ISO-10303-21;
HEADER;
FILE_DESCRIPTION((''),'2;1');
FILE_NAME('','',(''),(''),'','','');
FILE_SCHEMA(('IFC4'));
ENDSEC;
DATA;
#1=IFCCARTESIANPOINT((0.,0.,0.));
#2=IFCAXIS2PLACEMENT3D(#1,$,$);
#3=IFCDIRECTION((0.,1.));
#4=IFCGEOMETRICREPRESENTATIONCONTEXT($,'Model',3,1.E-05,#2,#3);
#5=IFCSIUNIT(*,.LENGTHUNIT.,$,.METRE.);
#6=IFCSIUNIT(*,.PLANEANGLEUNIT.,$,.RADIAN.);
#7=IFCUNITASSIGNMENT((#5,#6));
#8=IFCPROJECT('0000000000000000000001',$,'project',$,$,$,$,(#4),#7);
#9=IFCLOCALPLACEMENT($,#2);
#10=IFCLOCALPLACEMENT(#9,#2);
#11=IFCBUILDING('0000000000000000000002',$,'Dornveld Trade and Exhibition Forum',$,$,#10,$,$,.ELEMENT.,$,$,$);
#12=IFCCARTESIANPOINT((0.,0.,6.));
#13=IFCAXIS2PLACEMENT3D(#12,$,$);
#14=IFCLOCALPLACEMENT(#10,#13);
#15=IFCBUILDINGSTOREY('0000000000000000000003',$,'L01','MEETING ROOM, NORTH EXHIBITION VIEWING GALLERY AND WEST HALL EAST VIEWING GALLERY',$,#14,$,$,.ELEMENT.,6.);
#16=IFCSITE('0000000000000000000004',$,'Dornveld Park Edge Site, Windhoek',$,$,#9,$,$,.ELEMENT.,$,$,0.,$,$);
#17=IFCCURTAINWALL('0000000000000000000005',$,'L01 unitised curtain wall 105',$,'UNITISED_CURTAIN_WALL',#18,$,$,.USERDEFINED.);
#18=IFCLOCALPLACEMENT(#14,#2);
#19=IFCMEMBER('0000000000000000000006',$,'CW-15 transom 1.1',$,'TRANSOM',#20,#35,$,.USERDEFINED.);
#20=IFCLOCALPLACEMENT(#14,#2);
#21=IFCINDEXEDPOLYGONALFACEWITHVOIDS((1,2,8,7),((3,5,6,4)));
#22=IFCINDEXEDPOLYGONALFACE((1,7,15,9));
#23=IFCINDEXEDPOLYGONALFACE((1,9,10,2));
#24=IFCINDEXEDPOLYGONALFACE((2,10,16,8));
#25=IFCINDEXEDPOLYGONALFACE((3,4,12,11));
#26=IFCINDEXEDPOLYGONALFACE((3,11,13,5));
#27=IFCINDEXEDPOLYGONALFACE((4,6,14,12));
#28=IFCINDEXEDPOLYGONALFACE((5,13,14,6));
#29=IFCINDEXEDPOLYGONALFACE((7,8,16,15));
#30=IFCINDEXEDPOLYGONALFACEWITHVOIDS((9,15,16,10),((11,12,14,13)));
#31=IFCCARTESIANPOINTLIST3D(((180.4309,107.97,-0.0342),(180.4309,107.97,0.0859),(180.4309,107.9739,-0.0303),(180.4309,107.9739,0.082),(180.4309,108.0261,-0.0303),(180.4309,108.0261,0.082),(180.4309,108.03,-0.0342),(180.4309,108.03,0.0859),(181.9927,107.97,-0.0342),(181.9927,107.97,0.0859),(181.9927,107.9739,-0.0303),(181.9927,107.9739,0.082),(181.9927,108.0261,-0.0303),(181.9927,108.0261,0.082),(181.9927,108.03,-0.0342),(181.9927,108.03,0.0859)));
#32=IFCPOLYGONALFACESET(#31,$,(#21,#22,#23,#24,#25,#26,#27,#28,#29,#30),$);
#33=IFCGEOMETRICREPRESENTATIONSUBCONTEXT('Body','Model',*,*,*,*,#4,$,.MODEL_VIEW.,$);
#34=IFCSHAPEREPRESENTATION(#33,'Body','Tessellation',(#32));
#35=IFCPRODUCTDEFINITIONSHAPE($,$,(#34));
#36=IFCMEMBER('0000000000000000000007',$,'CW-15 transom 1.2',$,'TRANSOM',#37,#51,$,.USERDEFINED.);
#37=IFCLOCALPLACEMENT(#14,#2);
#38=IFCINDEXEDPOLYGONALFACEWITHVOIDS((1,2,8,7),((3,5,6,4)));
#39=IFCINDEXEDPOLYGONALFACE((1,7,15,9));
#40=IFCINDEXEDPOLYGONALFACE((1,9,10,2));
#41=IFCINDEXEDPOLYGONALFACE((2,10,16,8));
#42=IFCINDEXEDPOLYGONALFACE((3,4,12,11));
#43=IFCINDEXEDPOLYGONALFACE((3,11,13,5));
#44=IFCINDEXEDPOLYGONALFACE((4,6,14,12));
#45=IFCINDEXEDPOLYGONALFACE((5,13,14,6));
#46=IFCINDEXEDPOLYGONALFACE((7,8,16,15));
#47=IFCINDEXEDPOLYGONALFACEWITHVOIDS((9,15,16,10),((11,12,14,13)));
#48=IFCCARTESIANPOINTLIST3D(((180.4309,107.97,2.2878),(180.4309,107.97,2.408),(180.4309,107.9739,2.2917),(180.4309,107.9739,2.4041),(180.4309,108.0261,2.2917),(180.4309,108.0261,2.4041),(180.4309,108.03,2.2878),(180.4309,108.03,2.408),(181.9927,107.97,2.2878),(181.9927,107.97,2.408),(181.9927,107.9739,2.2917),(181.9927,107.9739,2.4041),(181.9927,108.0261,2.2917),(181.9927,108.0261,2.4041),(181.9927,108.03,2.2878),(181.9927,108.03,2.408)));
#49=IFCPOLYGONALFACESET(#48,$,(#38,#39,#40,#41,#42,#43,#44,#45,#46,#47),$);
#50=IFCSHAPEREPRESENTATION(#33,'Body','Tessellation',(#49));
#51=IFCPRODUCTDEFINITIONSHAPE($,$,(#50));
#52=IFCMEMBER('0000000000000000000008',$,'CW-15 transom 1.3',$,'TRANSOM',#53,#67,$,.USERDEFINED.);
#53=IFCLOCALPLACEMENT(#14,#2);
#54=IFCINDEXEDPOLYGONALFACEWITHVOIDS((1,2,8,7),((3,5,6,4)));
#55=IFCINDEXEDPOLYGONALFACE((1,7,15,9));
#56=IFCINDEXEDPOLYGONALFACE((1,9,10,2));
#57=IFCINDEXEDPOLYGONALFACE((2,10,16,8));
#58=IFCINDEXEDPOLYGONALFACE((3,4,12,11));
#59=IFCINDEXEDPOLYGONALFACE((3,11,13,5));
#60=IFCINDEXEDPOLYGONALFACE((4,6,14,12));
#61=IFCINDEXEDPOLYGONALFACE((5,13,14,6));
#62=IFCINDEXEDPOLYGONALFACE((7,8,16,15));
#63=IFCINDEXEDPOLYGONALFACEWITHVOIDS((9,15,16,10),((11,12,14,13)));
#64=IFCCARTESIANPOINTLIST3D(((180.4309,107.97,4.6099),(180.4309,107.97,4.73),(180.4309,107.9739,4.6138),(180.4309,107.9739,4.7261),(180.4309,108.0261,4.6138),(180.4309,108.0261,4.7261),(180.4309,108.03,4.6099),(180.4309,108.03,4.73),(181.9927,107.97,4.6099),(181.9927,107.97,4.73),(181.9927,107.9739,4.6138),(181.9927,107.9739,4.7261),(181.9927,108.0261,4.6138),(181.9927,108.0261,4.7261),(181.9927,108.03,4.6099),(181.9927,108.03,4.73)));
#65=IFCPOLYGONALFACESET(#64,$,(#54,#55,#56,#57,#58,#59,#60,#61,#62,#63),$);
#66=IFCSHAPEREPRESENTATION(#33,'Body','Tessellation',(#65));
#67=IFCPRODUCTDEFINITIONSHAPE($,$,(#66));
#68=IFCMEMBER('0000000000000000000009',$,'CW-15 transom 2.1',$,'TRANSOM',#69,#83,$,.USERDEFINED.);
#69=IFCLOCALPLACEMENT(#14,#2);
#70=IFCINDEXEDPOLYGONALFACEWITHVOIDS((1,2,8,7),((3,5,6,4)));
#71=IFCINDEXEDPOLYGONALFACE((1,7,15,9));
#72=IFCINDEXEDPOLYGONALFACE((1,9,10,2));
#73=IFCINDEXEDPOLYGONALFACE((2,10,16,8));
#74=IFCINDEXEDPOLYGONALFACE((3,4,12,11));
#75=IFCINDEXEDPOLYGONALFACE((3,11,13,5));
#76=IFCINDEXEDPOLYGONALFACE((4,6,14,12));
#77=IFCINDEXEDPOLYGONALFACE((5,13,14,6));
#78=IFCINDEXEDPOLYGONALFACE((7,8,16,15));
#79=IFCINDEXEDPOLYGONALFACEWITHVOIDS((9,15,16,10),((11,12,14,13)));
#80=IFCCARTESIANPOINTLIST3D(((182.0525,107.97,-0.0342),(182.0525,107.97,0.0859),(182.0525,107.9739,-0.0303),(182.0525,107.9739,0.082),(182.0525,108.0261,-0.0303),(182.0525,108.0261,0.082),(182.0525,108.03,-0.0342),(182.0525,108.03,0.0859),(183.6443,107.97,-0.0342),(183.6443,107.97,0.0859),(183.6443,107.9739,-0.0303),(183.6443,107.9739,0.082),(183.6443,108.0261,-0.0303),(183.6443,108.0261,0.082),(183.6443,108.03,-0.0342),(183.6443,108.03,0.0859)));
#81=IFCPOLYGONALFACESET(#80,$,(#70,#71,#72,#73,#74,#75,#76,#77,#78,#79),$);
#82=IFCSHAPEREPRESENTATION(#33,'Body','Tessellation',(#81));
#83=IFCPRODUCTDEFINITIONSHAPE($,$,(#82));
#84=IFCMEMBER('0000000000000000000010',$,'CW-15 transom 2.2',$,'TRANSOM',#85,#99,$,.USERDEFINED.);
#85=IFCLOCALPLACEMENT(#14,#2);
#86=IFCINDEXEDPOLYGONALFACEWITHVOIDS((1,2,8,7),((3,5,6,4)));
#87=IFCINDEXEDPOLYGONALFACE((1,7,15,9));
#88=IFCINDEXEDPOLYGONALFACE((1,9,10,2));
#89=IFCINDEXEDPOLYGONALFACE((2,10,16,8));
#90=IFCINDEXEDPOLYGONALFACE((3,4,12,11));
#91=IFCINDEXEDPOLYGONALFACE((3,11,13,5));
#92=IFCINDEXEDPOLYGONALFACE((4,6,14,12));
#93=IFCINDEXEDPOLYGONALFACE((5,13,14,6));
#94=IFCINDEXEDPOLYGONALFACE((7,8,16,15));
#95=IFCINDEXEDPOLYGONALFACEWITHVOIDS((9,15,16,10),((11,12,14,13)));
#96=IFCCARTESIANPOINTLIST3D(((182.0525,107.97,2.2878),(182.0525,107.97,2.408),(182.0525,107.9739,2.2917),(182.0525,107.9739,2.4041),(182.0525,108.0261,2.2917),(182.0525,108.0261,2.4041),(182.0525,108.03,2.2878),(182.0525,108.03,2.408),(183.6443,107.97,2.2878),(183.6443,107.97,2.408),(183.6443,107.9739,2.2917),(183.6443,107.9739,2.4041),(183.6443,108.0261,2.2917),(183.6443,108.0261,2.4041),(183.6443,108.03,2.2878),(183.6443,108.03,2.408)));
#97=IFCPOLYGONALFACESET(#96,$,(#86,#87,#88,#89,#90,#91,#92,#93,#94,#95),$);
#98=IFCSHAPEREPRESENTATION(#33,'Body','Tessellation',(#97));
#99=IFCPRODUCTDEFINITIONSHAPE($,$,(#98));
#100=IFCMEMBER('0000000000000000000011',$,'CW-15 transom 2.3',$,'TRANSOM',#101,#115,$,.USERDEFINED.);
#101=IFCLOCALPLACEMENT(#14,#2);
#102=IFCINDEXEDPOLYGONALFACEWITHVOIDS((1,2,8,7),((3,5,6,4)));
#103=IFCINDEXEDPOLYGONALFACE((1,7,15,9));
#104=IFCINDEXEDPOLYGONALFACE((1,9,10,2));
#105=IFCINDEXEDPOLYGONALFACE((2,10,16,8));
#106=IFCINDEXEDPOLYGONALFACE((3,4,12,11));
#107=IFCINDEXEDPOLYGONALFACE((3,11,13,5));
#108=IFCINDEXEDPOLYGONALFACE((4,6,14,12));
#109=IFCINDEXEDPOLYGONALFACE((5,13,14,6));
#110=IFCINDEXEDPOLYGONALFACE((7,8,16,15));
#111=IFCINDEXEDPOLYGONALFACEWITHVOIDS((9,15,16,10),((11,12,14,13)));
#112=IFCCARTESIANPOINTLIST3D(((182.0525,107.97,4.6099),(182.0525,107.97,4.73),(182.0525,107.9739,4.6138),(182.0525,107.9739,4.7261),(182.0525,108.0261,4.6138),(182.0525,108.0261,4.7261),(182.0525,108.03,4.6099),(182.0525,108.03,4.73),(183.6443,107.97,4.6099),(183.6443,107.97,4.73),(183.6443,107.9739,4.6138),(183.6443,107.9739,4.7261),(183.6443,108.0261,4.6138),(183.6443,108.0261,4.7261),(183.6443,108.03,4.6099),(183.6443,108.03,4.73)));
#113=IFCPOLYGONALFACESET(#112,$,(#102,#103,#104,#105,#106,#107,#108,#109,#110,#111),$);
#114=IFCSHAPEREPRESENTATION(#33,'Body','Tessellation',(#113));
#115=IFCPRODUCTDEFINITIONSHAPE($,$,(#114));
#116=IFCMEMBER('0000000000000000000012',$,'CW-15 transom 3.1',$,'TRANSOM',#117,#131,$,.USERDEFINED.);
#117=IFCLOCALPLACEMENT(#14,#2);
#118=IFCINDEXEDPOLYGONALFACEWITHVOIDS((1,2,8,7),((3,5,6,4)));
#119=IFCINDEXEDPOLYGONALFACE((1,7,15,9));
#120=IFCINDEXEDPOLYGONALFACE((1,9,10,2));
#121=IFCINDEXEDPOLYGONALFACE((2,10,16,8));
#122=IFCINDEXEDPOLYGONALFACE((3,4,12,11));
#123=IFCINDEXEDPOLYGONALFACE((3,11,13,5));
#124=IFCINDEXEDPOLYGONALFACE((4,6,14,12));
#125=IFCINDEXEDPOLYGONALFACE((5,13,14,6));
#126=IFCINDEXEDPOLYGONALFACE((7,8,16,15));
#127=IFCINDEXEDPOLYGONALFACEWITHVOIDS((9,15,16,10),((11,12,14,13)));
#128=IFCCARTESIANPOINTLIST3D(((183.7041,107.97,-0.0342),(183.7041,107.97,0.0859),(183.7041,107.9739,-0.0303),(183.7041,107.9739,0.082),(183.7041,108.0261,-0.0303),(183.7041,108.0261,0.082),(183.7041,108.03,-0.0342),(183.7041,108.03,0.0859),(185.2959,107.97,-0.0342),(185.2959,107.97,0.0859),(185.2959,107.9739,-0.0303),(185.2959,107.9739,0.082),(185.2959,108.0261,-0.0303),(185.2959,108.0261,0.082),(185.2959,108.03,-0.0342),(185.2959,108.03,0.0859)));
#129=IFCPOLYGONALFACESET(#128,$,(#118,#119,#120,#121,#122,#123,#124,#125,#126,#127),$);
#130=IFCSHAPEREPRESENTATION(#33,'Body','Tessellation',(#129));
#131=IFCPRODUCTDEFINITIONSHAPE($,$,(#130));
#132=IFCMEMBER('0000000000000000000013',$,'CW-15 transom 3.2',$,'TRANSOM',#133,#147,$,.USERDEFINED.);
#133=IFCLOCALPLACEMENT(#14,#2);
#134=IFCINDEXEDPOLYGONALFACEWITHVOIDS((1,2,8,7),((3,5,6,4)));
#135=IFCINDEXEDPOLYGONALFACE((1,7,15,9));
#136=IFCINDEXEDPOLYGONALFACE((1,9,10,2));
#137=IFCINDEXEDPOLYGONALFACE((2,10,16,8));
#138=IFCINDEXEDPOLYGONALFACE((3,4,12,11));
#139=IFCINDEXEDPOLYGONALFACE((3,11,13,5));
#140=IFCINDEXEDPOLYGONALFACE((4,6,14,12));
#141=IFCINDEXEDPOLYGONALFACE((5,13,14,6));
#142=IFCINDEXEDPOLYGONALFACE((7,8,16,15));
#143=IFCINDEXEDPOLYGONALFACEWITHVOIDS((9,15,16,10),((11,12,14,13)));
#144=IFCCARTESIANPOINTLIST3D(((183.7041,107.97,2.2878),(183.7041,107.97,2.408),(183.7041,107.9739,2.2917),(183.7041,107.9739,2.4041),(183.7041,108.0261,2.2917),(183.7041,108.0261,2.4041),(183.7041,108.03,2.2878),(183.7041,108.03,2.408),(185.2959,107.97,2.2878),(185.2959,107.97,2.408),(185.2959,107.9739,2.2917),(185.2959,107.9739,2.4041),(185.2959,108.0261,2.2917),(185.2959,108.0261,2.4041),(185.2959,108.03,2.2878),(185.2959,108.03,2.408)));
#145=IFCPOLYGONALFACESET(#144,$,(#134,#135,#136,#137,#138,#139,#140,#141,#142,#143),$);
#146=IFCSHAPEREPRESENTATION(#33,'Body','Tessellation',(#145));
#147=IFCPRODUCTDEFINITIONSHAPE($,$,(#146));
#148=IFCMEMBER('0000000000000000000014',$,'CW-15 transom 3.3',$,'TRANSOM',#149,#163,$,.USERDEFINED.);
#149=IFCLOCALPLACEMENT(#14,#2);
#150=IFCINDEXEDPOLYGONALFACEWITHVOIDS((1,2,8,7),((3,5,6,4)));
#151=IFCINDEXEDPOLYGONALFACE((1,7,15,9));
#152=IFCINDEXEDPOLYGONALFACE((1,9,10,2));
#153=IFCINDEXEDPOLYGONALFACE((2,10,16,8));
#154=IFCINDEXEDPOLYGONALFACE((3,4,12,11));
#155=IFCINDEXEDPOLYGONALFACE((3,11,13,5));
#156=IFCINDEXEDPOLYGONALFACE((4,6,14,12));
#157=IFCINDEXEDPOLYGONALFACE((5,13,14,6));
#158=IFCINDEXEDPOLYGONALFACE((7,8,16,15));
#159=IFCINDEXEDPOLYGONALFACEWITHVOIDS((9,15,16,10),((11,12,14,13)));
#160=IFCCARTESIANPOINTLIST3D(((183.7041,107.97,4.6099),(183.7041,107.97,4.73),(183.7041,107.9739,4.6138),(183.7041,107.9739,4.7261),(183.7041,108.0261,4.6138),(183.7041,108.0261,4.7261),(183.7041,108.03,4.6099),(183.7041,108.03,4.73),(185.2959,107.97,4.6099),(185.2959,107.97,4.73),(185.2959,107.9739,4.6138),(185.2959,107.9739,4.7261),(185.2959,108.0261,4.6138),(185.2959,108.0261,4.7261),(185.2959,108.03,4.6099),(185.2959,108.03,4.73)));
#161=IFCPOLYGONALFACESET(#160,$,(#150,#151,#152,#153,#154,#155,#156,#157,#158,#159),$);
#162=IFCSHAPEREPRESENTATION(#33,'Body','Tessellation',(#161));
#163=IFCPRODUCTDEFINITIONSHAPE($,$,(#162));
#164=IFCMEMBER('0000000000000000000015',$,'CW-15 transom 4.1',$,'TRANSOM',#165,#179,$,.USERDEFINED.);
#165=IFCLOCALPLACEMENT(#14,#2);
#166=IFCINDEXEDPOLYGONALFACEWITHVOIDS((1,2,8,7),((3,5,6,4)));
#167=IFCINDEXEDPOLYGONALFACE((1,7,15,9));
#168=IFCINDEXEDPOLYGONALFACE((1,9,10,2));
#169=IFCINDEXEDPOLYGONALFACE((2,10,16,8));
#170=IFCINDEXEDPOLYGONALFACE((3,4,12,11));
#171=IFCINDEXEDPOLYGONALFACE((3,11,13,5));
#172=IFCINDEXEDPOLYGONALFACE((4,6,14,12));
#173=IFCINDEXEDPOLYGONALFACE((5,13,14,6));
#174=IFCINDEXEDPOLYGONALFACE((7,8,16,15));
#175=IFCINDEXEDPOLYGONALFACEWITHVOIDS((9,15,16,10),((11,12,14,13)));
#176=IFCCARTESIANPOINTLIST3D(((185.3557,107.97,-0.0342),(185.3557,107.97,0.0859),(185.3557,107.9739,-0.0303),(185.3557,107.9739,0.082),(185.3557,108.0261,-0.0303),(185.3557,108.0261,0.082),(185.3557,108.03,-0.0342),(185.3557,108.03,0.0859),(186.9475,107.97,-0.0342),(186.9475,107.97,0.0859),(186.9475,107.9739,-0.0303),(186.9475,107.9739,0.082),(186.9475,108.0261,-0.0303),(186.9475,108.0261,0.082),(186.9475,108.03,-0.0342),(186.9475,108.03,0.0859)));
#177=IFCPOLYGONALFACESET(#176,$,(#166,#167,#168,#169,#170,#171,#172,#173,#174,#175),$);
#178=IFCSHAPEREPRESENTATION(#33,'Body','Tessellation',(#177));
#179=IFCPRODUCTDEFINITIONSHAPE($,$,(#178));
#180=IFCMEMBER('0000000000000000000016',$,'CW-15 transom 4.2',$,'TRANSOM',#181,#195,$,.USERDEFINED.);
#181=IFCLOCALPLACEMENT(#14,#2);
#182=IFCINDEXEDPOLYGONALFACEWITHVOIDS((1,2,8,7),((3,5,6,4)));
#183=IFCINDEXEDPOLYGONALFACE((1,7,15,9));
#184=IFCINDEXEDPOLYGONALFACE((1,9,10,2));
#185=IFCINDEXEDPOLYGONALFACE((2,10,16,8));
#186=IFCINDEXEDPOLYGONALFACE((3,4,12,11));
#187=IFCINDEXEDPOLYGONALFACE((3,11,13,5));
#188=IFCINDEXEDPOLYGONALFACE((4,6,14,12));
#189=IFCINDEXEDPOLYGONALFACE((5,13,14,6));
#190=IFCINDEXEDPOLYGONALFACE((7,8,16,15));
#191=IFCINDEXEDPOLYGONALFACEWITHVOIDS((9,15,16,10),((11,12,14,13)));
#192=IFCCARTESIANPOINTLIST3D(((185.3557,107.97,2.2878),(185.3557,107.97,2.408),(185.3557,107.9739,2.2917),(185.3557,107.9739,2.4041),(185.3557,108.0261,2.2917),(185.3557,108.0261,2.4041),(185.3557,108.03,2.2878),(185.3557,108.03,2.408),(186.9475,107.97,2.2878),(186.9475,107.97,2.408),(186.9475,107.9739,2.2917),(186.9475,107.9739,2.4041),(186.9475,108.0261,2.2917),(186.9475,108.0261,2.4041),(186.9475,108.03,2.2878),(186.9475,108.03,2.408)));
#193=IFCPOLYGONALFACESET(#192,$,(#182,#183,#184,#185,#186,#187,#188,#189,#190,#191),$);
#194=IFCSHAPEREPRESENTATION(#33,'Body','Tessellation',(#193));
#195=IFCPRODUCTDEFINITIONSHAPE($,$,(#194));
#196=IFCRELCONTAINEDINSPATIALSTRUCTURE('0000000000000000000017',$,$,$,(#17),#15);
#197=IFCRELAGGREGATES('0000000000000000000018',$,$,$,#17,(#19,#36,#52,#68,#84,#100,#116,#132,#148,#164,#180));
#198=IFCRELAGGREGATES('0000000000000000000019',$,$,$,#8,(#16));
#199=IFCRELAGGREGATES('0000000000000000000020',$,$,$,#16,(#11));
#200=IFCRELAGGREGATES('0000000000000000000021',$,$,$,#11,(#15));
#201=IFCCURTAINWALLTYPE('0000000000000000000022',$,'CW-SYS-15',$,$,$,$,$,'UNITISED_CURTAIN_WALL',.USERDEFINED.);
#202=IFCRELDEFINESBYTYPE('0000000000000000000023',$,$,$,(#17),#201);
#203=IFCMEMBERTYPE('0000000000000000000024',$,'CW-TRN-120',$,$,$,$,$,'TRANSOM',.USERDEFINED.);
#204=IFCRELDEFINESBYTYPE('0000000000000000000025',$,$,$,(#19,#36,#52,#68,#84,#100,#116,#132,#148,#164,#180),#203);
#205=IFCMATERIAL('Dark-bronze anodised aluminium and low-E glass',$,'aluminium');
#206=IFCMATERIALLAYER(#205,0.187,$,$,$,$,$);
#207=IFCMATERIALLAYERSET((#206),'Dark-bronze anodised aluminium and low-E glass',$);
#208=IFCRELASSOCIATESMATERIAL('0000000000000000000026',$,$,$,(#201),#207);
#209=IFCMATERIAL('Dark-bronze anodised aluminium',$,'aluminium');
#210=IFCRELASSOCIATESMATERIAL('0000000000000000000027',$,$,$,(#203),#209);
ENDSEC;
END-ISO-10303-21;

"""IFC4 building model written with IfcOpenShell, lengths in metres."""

from ifc_helpers import new_model, si_unit, direction, frame, origin, origin_2d, place, context, subcontext, project, spatial, hollow_rectangle, extrude, material, layer, layer_set, material_profile, profile_set, type_object, element, aggregate, save


model = new_model("IFC4")

# Units and contexts
model_context = context("Model", 3, precision=1e-05, world=origin(), true_north=direction((0.0, 1.0)))
body_context = subcontext(model_context, "Body", "Model", "MODEL_VIEW")
ifc_project = project(units=[si_unit("LENGTHUNIT", "METRE"), si_unit("PLANEANGLEUNIT", "RADIAN")], contexts=[model_context])

# Site, building, storey
site_placement = place(None, origin())
site = spatial("IfcSite", under=ifc_project, at=site_placement, Name="Dornveld Park Edge Site, Windhoek", CompositionType="ELEMENT", RefElevation=0.0)
building_placement = place(site_placement, origin())
building = spatial("IfcBuilding", under=site, at=building_placement, Name="Dornveld Trade and Exhibition Forum", CompositionType="ELEMENT")
storey_placement = place(building_placement, frame((0.0, 0.0, 6.0)))
storey = spatial("IfcBuildingStorey", under=building, at=storey_placement, Name="L01", Description="MEETING ROOM, NORTH EXHIBITION VIEWING GALLERY AND WEST HALL EAST VIEWING GALLERY", CompositionType="ELEMENT", Elevation=6.0)

# Curtain wall
ifc_material_1 = material(Name="Dark-bronze anodised aluminium and low-E glass", Category="aluminium")
ifc_layer_1 = layer(ifc_material_1, 0.187)
ifc_layer_set_1 = layer_set([ifc_layer_1], Name="Dark-bronze anodised aluminium and low-E glass")
curtain_wall_type_1 = type_object("IfcCurtainWallType", Name="CW-SYS-15", ElementType="UNITISED_CURTAIN_WALL", PredefinedType="USERDEFINED", material=ifc_layer_set_1)
curtain_wall_1_placement = place(storey_placement, origin())
curtain_wall_1 = element("IfcCurtainWall", 1, at=curtain_wall_1_placement, inside=storey, type_object=curtain_wall_type_1, Name="L01 unitised curtain wall 105", ObjectType="UNITISED_CURTAIN_WALL", PredefinedType="USERDEFINED")

# Members
ifc_material_2 = material(Name="Dark-bronze anodised aluminium", Category="aluminium")
ifc_material_profile_1 = material_profile(ifc_material_2, hollow_rectangle(XDim=0.0601, YDim=0.1201, WallThickness=0.0039, at=origin_2d()), Name="RHS 120x60x4")
ifc_profile_set_1 = profile_set([ifc_material_profile_1], Name="Dark-bronze anodised aluminium")
member_type_1 = type_object("IfcMemberType", Name="CW-TRN-120", ElementType="TRANSOM", PredefinedType="USERDEFINED", material=ifc_profile_set_1)
member_1_placement = place(storey_placement, frame((180.4309, 108.0, 0.0259), z_axis=(1.0, 0.0, 0.0), x_axis=(0.0, 1.0, 0.0)))
member_1 = element("IfcMember", 2, at=member_1_placement, type_object=member_type_1, Name="CW-15 transom 1.1", ObjectType="TRANSOM", PredefinedType="USERDEFINED", context=body_context, shape_type="SweptSolid", body=[
    extrude(hollow_rectangle(XDim=0.0601, YDim=0.1201, WallThickness=0.0039, at=origin_2d()), origin(), (0.0, 0.0, 1.0), 1.5618),
])
member_2_placement = place(storey_placement, frame((180.4309, 108.0, 2.3479), z_axis=(1.0, 0.0, 0.0), x_axis=(0.0, 1.0, 0.0)))
member_2 = element("IfcMember", 3, at=member_2_placement, type_object=member_type_1, Name="CW-15 transom 1.2", ObjectType="TRANSOM", PredefinedType="USERDEFINED", context=body_context, shape_type="SweptSolid", body=[
    extrude(hollow_rectangle(XDim=0.0601, YDim=0.1201, WallThickness=0.0039, at=origin_2d()), origin(), (0.0, 0.0, 1.0), 1.5618),
])
member_3_placement = place(storey_placement, frame((180.4309, 108.0, 4.6699), z_axis=(1.0, 0.0, 0.0), x_axis=(0.0, 1.0, 0.0)))
member_3 = element("IfcMember", 4, at=member_3_placement, type_object=member_type_1, Name="CW-15 transom 1.3", ObjectType="TRANSOM", PredefinedType="USERDEFINED", context=body_context, shape_type="SweptSolid", body=[
    extrude(hollow_rectangle(XDim=0.0601, YDim=0.1201, WallThickness=0.0039, at=origin_2d()), origin(), (0.0, 0.0, 1.0), 1.5618),
])
member_4_placement = place(storey_placement, frame((182.0525, 108.0, 0.0259), z_axis=(1.0, 0.0, 0.0), x_axis=(0.0, 1.0, 0.0)))
member_4 = element("IfcMember", 5, at=member_4_placement, type_object=member_type_1, Name="CW-15 transom 2.1", ObjectType="TRANSOM", PredefinedType="USERDEFINED", context=body_context, shape_type="SweptSolid", body=[
    extrude(hollow_rectangle(XDim=0.0601, YDim=0.1201, WallThickness=0.0039, at=origin_2d()), origin(), (0.0, 0.0, 1.0), 1.5918),
])
member_5_placement = place(storey_placement, frame((182.0525, 108.0, 2.3479), z_axis=(1.0, 0.0, 0.0), x_axis=(0.0, 1.0, 0.0)))
member_5 = element("IfcMember", 6, at=member_5_placement, type_object=member_type_1, Name="CW-15 transom 2.2", ObjectType="TRANSOM", PredefinedType="USERDEFINED", context=body_context, shape_type="SweptSolid", body=[
    extrude(hollow_rectangle(XDim=0.0601, YDim=0.1201, WallThickness=0.0039, at=origin_2d()), origin(), (0.0, 0.0, 1.0), 1.5918),
])
member_6_placement = place(storey_placement, frame((182.0525, 108.0, 4.6699), z_axis=(1.0, 0.0, 0.0), x_axis=(0.0, 1.0, 0.0)))
member_6 = element("IfcMember", 7, at=member_6_placement, type_object=member_type_1, Name="CW-15 transom 2.3", ObjectType="TRANSOM", PredefinedType="USERDEFINED", context=body_context, shape_type="SweptSolid", body=[
    extrude(hollow_rectangle(XDim=0.0601, YDim=0.1201, WallThickness=0.0039, at=origin_2d()), origin(), (0.0, 0.0, 1.0), 1.5918),
])
member_7_placement = place(storey_placement, frame((183.7041, 108.0, 0.0259), z_axis=(1.0, 0.0, 0.0), x_axis=(0.0, 1.0, 0.0)))
member_7 = element("IfcMember", 8, at=member_7_placement, type_object=member_type_1, Name="CW-15 transom 3.1", ObjectType="TRANSOM", PredefinedType="USERDEFINED", context=body_context, shape_type="SweptSolid", body=[
    extrude(hollow_rectangle(XDim=0.0601, YDim=0.1201, WallThickness=0.0039, at=origin_2d()), origin(), (0.0, 0.0, 1.0), 1.5918),
])
member_8_placement = place(storey_placement, frame((183.7041, 108.0, 2.3479), z_axis=(1.0, 0.0, 0.0), x_axis=(0.0, 1.0, 0.0)))
member_8 = element("IfcMember", 9, at=member_8_placement, type_object=member_type_1, Name="CW-15 transom 3.2", ObjectType="TRANSOM", PredefinedType="USERDEFINED", context=body_context, shape_type="SweptSolid", body=[
    extrude(hollow_rectangle(XDim=0.0601, YDim=0.1201, WallThickness=0.0039, at=origin_2d()), origin(), (0.0, 0.0, 1.0), 1.5918),
])
member_9_placement = place(storey_placement, frame((183.7041, 108.0, 4.6699), z_axis=(1.0, 0.0, 0.0), x_axis=(0.0, 1.0, 0.0)))
member_9 = element("IfcMember", 10, at=member_9_placement, type_object=member_type_1, Name="CW-15 transom 3.3", ObjectType="TRANSOM", PredefinedType="USERDEFINED", context=body_context, shape_type="SweptSolid", body=[
    extrude(hollow_rectangle(XDim=0.0601, YDim=0.1201, WallThickness=0.0039, at=origin_2d()), origin(), (0.0, 0.0, 1.0), 1.5918),
])
member_10_placement = place(storey_placement, frame((185.3557, 108.0, 0.0259), z_axis=(1.0, 0.0, 0.0), x_axis=(0.0, 1.0, 0.0)))
member_10 = element("IfcMember", 11, at=member_10_placement, type_object=member_type_1, Name="CW-15 transom 4.1", ObjectType="TRANSOM", PredefinedType="USERDEFINED", context=body_context, shape_type="SweptSolid", body=[
    extrude(hollow_rectangle(XDim=0.0601, YDim=0.1201, WallThickness=0.0039, at=origin_2d()), origin(), (0.0, 0.0, 1.0), 1.5918),
])
member_11_placement = place(storey_placement, frame((185.3557, 108.0, 2.3479), z_axis=(1.0, 0.0, 0.0), x_axis=(0.0, 1.0, 0.0)))
member_11 = element("IfcMember", 12, at=member_11_placement, type_object=member_type_1, Name="CW-15 transom 4.2", ObjectType="TRANSOM", PredefinedType="USERDEFINED", context=body_context, shape_type="SweptSolid", body=[
    extrude(hollow_rectangle(XDim=0.0601, YDim=0.1201, WallThickness=0.0039, at=origin_2d()), origin(), (0.0, 0.0, 1.0), 1.5918),
])

aggregate(curtain_wall_1, [member_1, member_2, member_3, member_4, member_5, member_6, member_7, member_8, member_9, member_10, member_11])

save(model, "model.ifc")
